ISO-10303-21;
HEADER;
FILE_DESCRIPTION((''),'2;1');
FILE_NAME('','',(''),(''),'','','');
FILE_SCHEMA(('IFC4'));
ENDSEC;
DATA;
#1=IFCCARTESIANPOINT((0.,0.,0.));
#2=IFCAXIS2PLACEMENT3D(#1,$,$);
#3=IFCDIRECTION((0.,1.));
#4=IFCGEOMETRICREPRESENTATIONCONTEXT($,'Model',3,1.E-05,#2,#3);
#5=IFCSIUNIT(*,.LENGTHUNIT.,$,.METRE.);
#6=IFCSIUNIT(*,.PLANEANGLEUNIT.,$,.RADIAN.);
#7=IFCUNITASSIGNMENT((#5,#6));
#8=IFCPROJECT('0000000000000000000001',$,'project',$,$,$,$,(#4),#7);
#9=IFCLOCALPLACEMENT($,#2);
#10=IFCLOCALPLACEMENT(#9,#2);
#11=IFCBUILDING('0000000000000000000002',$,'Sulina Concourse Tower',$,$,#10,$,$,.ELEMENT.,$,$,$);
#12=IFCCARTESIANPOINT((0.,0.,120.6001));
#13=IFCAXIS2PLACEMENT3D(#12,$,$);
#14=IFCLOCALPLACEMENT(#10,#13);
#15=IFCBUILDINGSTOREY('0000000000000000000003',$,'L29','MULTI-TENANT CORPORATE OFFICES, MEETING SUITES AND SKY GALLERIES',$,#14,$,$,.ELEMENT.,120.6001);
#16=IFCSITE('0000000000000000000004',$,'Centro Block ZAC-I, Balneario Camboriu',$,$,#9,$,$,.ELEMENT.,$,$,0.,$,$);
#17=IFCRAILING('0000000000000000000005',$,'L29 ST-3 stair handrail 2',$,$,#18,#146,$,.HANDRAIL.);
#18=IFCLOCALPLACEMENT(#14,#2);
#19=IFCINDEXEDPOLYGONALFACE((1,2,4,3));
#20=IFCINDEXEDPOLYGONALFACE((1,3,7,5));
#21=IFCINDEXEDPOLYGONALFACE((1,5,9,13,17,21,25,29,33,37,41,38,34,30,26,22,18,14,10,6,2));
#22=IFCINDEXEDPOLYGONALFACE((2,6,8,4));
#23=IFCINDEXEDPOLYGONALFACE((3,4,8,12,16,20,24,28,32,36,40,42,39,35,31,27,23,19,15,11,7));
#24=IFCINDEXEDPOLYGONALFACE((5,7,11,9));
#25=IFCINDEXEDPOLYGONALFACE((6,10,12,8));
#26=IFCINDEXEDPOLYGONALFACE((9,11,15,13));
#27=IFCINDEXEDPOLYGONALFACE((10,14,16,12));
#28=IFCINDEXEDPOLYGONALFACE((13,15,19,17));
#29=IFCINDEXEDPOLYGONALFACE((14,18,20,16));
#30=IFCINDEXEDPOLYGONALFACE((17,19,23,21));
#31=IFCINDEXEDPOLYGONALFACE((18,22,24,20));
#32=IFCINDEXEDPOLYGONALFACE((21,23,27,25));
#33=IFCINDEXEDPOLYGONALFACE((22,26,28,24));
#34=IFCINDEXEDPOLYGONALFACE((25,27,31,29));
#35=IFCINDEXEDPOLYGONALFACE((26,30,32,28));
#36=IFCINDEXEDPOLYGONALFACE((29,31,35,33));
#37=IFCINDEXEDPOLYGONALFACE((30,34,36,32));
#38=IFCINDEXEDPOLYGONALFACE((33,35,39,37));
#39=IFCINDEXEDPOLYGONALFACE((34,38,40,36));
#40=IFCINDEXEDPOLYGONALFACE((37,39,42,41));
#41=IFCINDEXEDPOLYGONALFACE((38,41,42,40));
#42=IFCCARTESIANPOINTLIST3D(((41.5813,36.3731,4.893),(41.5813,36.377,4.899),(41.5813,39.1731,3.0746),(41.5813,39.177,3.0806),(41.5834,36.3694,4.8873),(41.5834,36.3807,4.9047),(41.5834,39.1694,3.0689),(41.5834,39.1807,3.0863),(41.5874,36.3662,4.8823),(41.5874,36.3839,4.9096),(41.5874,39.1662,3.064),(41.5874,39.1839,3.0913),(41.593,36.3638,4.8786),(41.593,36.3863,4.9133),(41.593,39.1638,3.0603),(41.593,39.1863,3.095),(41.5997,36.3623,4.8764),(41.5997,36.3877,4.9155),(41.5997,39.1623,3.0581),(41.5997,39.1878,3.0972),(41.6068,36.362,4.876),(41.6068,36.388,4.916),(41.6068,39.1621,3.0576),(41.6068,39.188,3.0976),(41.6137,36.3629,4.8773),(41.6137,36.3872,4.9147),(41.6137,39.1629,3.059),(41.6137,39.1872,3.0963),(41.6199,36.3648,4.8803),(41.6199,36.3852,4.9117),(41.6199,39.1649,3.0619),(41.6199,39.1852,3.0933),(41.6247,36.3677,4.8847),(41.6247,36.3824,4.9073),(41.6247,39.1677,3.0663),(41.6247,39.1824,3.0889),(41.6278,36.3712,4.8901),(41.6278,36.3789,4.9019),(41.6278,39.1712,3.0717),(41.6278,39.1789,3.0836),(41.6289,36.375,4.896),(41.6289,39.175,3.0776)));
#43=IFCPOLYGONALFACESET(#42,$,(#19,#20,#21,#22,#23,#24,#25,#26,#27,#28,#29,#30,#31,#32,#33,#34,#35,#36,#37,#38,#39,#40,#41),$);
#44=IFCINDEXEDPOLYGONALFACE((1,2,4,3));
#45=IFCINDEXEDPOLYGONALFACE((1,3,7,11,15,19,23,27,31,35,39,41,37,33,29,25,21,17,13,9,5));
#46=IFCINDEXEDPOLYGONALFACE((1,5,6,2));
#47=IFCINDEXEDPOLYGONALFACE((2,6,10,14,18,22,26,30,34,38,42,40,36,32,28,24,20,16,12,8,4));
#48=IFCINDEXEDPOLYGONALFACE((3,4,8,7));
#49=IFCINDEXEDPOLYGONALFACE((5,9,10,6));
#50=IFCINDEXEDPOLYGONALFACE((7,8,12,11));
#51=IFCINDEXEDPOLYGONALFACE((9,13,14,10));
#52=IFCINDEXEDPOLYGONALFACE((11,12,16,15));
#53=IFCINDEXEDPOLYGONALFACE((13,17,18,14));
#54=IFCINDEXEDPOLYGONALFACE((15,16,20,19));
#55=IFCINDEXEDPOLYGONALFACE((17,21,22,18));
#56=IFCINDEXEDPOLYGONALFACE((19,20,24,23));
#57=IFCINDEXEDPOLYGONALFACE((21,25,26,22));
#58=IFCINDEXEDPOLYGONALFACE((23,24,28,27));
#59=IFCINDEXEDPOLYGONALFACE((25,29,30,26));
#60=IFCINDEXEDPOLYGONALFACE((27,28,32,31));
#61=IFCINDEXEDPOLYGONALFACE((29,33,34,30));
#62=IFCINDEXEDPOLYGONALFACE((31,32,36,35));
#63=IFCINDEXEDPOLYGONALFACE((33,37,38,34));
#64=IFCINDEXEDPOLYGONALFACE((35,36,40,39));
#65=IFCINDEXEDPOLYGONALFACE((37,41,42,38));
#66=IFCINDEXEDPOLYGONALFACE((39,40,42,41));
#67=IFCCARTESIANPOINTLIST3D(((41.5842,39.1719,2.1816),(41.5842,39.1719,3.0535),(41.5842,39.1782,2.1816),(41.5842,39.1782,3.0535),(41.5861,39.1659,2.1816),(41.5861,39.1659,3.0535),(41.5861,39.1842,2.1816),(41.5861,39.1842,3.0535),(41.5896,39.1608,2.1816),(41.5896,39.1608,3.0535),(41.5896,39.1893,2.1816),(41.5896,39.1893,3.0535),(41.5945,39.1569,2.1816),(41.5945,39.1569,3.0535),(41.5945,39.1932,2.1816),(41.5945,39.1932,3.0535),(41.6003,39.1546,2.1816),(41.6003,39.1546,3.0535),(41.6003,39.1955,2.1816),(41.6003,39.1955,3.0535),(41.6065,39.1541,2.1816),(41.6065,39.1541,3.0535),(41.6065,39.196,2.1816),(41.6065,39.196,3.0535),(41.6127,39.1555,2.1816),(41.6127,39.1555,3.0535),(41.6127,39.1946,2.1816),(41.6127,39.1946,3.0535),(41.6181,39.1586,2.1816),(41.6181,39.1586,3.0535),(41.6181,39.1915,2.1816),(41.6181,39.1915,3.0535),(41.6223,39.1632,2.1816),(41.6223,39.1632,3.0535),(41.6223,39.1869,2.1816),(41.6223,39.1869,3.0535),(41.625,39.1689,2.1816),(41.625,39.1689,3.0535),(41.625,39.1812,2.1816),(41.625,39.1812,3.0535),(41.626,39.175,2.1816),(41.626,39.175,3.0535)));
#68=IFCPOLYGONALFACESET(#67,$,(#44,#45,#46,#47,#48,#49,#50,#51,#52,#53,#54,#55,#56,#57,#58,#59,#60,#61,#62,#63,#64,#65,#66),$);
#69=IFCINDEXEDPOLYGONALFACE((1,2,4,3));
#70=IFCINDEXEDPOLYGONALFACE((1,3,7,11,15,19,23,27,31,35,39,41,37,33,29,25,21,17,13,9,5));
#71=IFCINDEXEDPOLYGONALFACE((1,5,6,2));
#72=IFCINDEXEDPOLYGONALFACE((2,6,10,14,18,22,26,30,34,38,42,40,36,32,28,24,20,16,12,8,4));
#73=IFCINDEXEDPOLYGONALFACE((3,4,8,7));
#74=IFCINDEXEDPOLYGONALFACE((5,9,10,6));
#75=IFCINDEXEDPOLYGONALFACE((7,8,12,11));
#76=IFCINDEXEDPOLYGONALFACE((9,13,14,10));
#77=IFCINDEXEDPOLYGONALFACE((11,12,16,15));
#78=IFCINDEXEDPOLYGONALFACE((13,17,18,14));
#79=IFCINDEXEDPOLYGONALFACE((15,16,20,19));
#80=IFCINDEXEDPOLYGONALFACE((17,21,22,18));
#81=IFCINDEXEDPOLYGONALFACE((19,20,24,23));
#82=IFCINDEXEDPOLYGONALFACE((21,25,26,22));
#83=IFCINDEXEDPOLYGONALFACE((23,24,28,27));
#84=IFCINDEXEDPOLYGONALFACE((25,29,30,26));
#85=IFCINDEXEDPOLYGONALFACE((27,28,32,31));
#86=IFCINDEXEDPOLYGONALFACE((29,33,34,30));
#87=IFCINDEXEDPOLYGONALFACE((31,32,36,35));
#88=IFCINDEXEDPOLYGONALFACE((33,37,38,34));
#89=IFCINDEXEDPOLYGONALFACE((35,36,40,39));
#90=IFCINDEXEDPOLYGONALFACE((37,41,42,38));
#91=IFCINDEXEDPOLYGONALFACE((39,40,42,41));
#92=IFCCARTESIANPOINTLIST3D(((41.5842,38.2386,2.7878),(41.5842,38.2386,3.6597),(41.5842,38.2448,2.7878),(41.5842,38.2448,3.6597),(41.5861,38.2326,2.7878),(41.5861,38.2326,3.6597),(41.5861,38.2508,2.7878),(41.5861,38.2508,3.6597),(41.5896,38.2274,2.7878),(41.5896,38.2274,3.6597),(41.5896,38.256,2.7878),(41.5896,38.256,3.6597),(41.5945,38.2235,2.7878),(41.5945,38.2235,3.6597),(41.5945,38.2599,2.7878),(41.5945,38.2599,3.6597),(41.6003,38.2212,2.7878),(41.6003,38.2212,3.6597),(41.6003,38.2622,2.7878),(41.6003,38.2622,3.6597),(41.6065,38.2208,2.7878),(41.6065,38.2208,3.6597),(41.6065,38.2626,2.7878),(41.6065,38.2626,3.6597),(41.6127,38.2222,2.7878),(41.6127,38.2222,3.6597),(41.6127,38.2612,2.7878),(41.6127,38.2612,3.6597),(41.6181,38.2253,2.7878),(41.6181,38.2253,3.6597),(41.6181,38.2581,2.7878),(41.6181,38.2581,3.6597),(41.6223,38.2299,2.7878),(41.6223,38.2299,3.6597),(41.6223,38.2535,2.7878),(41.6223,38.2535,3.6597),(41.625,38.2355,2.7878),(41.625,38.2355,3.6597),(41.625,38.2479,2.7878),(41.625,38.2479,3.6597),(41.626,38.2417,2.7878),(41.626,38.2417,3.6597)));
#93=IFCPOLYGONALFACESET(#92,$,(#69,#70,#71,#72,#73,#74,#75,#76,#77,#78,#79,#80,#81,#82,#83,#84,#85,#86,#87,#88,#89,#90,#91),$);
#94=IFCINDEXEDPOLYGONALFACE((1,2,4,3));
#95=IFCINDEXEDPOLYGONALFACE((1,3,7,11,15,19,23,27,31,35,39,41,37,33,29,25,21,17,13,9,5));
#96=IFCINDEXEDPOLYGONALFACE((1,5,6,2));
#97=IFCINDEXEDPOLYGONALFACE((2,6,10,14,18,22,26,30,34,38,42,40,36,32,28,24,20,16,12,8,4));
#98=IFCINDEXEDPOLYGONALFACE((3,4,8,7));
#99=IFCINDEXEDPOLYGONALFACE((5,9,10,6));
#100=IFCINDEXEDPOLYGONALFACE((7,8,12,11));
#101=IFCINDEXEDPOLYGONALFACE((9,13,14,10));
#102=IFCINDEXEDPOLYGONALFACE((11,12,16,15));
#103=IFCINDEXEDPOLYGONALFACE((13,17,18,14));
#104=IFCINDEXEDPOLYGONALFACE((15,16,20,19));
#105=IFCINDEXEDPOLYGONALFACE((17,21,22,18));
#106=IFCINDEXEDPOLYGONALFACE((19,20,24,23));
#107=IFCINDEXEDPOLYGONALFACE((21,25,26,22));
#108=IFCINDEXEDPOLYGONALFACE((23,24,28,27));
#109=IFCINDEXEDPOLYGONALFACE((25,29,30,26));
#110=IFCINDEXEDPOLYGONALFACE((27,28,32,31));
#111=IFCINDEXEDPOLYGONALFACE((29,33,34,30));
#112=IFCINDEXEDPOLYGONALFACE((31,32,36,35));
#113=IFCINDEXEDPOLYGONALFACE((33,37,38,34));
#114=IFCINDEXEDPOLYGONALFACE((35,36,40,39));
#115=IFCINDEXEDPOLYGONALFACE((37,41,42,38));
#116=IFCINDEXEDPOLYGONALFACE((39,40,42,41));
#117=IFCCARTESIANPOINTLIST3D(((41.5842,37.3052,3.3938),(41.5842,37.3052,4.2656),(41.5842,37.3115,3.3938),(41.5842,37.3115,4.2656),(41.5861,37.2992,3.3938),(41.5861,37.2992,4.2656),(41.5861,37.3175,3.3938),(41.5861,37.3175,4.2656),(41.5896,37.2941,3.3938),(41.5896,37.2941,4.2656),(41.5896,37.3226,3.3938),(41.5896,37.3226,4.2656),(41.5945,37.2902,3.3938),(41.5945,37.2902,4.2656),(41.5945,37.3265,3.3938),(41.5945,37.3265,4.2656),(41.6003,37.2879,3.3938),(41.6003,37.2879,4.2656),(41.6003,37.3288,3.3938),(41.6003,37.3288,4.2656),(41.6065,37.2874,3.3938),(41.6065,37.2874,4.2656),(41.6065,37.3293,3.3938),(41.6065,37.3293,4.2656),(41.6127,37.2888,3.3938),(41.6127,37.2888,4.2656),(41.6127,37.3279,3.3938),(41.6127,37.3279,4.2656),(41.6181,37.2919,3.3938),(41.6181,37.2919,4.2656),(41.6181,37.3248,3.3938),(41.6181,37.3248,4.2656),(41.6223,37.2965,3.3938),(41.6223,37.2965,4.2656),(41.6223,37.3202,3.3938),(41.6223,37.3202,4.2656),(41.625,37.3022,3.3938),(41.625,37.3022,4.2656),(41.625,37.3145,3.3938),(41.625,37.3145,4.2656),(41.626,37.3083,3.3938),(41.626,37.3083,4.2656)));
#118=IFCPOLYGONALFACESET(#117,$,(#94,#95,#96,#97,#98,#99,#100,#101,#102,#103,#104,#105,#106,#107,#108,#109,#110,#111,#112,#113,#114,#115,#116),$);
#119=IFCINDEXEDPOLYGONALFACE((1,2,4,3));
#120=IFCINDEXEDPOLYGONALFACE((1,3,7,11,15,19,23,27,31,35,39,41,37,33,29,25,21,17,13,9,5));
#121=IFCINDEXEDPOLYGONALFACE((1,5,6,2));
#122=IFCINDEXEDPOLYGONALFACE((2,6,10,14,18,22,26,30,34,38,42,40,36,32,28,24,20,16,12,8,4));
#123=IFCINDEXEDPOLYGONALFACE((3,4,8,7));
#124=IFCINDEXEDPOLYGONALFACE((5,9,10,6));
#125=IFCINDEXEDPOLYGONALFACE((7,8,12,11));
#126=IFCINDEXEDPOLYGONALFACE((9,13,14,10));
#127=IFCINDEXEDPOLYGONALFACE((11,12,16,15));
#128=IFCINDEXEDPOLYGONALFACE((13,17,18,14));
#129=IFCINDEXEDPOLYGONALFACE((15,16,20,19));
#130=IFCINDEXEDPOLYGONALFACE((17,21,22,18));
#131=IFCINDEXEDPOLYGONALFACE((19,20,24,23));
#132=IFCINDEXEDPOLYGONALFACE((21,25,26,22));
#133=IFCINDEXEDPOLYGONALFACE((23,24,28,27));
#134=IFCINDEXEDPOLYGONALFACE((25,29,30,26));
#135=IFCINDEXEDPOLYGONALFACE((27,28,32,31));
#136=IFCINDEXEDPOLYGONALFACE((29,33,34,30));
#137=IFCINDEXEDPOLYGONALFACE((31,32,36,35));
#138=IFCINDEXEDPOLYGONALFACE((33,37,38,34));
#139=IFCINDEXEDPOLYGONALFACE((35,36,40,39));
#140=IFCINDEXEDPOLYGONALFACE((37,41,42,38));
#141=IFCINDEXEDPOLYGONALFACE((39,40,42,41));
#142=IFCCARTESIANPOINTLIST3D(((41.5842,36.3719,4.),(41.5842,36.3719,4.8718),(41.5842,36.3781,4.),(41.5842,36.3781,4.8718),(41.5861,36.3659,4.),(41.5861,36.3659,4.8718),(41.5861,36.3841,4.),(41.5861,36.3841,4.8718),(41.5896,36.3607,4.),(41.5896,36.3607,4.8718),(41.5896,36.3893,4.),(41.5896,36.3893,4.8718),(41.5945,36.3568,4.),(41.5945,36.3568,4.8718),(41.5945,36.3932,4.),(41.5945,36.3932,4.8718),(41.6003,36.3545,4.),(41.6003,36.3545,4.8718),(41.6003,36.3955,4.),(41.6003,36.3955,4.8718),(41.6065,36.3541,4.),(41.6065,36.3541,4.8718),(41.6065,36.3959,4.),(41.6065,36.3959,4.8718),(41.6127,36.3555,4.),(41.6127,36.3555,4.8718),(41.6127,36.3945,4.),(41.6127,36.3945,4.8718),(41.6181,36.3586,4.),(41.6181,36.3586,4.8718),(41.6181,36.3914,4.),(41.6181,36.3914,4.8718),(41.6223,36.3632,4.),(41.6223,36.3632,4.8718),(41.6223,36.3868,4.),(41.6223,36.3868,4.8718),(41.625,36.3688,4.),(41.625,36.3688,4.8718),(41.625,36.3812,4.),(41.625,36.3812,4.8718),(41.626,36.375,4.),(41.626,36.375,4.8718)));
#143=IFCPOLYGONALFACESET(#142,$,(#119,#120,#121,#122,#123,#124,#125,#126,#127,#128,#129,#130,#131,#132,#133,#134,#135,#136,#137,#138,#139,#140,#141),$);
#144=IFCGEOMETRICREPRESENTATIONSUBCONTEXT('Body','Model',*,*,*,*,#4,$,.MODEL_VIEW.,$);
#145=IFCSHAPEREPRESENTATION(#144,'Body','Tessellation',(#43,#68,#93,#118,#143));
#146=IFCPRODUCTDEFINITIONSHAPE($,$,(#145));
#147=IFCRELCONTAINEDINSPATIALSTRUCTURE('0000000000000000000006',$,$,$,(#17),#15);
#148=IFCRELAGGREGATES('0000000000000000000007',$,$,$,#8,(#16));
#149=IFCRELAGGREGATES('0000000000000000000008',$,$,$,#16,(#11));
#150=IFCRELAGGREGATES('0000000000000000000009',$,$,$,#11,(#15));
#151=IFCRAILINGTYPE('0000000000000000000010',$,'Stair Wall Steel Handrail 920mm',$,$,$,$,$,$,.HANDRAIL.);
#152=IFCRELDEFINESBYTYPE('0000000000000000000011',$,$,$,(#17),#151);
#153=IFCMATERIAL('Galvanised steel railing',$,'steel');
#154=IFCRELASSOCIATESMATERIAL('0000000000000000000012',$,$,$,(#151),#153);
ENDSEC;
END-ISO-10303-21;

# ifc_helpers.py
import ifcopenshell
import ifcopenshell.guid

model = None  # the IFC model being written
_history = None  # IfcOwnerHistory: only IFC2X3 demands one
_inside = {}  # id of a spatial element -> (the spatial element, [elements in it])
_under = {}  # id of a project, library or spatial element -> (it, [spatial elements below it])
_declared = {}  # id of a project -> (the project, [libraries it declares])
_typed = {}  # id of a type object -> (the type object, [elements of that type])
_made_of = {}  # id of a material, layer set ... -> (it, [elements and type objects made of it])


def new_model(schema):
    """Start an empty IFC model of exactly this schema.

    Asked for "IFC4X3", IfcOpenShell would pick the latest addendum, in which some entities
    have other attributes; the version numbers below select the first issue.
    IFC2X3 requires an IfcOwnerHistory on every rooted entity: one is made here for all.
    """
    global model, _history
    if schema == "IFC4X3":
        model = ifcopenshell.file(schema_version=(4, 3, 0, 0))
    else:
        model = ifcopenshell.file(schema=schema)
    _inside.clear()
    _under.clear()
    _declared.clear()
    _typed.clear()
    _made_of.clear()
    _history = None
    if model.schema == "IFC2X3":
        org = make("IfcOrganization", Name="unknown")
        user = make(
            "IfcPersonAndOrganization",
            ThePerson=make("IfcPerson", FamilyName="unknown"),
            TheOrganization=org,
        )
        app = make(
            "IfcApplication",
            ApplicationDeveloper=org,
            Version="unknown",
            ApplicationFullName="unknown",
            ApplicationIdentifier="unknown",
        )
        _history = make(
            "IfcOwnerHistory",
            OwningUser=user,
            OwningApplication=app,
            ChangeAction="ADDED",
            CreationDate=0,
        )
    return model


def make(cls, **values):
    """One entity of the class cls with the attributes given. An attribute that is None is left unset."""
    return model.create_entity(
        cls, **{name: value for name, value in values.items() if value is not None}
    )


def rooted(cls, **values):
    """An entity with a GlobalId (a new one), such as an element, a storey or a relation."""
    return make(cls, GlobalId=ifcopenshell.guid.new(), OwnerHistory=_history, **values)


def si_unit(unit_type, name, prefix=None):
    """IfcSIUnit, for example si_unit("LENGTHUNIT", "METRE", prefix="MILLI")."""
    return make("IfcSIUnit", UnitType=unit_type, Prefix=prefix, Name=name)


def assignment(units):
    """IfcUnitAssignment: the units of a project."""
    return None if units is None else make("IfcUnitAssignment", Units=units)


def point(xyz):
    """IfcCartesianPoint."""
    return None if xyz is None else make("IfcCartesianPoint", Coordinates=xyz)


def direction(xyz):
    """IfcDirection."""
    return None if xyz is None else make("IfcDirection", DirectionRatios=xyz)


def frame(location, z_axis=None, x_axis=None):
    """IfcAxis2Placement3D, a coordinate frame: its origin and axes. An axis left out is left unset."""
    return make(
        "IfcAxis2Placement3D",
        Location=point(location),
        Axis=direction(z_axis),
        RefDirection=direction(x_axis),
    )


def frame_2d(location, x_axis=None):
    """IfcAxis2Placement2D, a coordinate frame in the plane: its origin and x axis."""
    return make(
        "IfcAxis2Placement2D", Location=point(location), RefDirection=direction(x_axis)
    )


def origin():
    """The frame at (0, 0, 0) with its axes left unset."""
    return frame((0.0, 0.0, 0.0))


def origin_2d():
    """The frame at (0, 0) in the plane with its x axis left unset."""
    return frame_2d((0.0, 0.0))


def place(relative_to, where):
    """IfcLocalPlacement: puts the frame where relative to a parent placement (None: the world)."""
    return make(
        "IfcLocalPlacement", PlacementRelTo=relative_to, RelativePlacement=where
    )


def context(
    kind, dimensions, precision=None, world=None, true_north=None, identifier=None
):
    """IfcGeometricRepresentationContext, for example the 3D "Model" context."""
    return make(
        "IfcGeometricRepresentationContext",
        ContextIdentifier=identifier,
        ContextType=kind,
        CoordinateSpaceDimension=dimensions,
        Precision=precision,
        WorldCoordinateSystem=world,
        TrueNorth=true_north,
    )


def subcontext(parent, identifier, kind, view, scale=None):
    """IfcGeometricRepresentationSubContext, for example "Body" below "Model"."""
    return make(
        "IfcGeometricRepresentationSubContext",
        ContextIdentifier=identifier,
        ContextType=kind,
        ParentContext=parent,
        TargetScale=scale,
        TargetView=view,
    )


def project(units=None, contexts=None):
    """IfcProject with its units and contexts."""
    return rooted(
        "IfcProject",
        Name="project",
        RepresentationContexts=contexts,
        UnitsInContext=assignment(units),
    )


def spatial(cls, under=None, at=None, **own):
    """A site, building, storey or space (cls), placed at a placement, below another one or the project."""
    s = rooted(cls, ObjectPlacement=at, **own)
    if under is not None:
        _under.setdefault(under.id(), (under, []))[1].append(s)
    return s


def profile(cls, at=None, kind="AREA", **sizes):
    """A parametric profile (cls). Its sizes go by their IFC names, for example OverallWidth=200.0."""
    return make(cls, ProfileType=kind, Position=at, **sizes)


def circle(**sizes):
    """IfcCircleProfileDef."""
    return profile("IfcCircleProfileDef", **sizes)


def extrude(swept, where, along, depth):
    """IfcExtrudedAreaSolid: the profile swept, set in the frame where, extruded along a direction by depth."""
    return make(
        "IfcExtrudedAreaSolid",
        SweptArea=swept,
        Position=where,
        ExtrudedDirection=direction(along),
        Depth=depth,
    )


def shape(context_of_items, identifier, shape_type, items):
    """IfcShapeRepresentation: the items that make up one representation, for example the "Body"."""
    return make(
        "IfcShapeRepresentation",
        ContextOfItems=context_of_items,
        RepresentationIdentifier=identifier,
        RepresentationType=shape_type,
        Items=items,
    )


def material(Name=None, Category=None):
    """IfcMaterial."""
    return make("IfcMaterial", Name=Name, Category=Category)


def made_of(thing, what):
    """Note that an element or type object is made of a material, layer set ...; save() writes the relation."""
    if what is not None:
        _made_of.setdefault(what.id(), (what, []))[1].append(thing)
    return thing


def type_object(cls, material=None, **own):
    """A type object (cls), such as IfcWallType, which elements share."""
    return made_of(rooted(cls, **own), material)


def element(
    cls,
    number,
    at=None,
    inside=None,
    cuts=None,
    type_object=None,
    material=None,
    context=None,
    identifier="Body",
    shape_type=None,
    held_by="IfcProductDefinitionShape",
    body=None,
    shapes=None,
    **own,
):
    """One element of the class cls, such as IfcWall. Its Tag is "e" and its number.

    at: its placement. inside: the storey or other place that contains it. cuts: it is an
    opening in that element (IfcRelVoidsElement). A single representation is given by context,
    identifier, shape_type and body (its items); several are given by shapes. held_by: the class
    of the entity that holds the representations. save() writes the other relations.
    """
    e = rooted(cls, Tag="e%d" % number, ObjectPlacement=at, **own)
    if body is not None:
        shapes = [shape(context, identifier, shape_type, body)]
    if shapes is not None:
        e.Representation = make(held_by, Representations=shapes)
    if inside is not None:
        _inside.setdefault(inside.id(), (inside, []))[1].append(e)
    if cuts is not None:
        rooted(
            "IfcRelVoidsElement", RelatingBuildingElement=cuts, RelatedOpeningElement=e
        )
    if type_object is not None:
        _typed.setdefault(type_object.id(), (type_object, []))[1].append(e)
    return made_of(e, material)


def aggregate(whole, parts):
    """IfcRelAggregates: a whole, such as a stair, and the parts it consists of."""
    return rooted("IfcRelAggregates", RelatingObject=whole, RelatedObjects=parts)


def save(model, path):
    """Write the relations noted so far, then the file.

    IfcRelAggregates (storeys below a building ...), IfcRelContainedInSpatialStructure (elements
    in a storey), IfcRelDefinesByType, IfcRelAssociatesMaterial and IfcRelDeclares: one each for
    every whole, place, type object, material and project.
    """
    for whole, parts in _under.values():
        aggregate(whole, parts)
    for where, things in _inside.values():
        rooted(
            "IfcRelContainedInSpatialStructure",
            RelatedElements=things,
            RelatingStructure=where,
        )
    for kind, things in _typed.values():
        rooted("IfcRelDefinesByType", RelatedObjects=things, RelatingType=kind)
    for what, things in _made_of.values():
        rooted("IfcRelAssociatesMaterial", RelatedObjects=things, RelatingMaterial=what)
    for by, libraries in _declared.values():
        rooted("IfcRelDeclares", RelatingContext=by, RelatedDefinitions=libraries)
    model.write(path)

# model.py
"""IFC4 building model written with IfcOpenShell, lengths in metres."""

from ifc_helpers import new_model, si_unit, direction, frame, origin, origin_2d, place, context, subcontext, project, spatial, circle, extrude, material, type_object, element, save


model = new_model("IFC4")

# Units and contexts
model_context = context("Model", 3, precision=1e-05, world=origin(), true_north=direction((0.0, 1.0)))
body_context = subcontext(model_context, "Body", "Model", "MODEL_VIEW")
ifc_project = project(units=[si_unit("LENGTHUNIT", "METRE"), si_unit("PLANEANGLEUNIT", "RADIAN")], contexts=[model_context])

# Site, building, storey
site_placement = place(None, origin())
site = spatial("IfcSite", under=ifc_project, at=site_placement, Name="Centro Block ZAC-I, Balneario Camboriu", CompositionType="ELEMENT", RefElevation=0.0)
building_placement = place(site_placement, origin())
building = spatial("IfcBuilding", under=site, at=building_placement, Name="Sulina Concourse Tower", CompositionType="ELEMENT")
storey_placement = place(building_placement, frame((0.0, 0.0, 120.6001)))
storey = spatial("IfcBuildingStorey", under=building, at=storey_placement, Name="L29", Description="MULTI-TENANT CORPORATE OFFICES, MEETING SUITES AND SKY GALLERIES", CompositionType="ELEMENT", Elevation=120.6001)

# Railing
ifc_material_1 = material(Name="Galvanised steel railing", Category="steel")
railing_type_1 = type_object("IfcRailingType", Name="Stair Wall Steel Handrail 920mm", PredefinedType="HANDRAIL", material=ifc_material_1)
railing_1_placement = place(storey_placement, frame((41.605, 39.175, 2.1816)))
element("IfcRailing", 1, at=railing_1_placement, inside=storey, type_object=railing_type_1, Name="L29 ST-3 stair handrail 2", PredefinedType="HANDRAIL", context=body_context, shape_type="SweptSolid", body=[
    extrude(circle(Radius=0.0239, at=origin_2d()), frame((0.0, 0.0, 0.896), z_axis=(0.0, -0.838672, 0.544636), x_axis=(1.0, 0.0, 0.0)), (0.0, 0.0, 1.0), 3.3386),
    extrude(circle(Radius=0.021, at=origin_2d()), origin(), (0.0, 0.0, 1.0), 0.8718),
    extrude(circle(Radius=0.021, at=origin_2d()), frame((0.0, -0.9333, 0.6062)), (0.0, 0.0, 1.0), 0.8718),
    extrude(circle(Radius=0.021, at=origin_2d()), frame((0.0, -1.8667, 1.2122)), (0.0, 0.0, 1.0), 0.8718),
    extrude(circle(Radius=0.021, at=origin_2d()), frame((0.0, -2.8, 1.8184)), (0.0, 0.0, 1.0), 0.8718),
])

save(model, "model.ifc")
